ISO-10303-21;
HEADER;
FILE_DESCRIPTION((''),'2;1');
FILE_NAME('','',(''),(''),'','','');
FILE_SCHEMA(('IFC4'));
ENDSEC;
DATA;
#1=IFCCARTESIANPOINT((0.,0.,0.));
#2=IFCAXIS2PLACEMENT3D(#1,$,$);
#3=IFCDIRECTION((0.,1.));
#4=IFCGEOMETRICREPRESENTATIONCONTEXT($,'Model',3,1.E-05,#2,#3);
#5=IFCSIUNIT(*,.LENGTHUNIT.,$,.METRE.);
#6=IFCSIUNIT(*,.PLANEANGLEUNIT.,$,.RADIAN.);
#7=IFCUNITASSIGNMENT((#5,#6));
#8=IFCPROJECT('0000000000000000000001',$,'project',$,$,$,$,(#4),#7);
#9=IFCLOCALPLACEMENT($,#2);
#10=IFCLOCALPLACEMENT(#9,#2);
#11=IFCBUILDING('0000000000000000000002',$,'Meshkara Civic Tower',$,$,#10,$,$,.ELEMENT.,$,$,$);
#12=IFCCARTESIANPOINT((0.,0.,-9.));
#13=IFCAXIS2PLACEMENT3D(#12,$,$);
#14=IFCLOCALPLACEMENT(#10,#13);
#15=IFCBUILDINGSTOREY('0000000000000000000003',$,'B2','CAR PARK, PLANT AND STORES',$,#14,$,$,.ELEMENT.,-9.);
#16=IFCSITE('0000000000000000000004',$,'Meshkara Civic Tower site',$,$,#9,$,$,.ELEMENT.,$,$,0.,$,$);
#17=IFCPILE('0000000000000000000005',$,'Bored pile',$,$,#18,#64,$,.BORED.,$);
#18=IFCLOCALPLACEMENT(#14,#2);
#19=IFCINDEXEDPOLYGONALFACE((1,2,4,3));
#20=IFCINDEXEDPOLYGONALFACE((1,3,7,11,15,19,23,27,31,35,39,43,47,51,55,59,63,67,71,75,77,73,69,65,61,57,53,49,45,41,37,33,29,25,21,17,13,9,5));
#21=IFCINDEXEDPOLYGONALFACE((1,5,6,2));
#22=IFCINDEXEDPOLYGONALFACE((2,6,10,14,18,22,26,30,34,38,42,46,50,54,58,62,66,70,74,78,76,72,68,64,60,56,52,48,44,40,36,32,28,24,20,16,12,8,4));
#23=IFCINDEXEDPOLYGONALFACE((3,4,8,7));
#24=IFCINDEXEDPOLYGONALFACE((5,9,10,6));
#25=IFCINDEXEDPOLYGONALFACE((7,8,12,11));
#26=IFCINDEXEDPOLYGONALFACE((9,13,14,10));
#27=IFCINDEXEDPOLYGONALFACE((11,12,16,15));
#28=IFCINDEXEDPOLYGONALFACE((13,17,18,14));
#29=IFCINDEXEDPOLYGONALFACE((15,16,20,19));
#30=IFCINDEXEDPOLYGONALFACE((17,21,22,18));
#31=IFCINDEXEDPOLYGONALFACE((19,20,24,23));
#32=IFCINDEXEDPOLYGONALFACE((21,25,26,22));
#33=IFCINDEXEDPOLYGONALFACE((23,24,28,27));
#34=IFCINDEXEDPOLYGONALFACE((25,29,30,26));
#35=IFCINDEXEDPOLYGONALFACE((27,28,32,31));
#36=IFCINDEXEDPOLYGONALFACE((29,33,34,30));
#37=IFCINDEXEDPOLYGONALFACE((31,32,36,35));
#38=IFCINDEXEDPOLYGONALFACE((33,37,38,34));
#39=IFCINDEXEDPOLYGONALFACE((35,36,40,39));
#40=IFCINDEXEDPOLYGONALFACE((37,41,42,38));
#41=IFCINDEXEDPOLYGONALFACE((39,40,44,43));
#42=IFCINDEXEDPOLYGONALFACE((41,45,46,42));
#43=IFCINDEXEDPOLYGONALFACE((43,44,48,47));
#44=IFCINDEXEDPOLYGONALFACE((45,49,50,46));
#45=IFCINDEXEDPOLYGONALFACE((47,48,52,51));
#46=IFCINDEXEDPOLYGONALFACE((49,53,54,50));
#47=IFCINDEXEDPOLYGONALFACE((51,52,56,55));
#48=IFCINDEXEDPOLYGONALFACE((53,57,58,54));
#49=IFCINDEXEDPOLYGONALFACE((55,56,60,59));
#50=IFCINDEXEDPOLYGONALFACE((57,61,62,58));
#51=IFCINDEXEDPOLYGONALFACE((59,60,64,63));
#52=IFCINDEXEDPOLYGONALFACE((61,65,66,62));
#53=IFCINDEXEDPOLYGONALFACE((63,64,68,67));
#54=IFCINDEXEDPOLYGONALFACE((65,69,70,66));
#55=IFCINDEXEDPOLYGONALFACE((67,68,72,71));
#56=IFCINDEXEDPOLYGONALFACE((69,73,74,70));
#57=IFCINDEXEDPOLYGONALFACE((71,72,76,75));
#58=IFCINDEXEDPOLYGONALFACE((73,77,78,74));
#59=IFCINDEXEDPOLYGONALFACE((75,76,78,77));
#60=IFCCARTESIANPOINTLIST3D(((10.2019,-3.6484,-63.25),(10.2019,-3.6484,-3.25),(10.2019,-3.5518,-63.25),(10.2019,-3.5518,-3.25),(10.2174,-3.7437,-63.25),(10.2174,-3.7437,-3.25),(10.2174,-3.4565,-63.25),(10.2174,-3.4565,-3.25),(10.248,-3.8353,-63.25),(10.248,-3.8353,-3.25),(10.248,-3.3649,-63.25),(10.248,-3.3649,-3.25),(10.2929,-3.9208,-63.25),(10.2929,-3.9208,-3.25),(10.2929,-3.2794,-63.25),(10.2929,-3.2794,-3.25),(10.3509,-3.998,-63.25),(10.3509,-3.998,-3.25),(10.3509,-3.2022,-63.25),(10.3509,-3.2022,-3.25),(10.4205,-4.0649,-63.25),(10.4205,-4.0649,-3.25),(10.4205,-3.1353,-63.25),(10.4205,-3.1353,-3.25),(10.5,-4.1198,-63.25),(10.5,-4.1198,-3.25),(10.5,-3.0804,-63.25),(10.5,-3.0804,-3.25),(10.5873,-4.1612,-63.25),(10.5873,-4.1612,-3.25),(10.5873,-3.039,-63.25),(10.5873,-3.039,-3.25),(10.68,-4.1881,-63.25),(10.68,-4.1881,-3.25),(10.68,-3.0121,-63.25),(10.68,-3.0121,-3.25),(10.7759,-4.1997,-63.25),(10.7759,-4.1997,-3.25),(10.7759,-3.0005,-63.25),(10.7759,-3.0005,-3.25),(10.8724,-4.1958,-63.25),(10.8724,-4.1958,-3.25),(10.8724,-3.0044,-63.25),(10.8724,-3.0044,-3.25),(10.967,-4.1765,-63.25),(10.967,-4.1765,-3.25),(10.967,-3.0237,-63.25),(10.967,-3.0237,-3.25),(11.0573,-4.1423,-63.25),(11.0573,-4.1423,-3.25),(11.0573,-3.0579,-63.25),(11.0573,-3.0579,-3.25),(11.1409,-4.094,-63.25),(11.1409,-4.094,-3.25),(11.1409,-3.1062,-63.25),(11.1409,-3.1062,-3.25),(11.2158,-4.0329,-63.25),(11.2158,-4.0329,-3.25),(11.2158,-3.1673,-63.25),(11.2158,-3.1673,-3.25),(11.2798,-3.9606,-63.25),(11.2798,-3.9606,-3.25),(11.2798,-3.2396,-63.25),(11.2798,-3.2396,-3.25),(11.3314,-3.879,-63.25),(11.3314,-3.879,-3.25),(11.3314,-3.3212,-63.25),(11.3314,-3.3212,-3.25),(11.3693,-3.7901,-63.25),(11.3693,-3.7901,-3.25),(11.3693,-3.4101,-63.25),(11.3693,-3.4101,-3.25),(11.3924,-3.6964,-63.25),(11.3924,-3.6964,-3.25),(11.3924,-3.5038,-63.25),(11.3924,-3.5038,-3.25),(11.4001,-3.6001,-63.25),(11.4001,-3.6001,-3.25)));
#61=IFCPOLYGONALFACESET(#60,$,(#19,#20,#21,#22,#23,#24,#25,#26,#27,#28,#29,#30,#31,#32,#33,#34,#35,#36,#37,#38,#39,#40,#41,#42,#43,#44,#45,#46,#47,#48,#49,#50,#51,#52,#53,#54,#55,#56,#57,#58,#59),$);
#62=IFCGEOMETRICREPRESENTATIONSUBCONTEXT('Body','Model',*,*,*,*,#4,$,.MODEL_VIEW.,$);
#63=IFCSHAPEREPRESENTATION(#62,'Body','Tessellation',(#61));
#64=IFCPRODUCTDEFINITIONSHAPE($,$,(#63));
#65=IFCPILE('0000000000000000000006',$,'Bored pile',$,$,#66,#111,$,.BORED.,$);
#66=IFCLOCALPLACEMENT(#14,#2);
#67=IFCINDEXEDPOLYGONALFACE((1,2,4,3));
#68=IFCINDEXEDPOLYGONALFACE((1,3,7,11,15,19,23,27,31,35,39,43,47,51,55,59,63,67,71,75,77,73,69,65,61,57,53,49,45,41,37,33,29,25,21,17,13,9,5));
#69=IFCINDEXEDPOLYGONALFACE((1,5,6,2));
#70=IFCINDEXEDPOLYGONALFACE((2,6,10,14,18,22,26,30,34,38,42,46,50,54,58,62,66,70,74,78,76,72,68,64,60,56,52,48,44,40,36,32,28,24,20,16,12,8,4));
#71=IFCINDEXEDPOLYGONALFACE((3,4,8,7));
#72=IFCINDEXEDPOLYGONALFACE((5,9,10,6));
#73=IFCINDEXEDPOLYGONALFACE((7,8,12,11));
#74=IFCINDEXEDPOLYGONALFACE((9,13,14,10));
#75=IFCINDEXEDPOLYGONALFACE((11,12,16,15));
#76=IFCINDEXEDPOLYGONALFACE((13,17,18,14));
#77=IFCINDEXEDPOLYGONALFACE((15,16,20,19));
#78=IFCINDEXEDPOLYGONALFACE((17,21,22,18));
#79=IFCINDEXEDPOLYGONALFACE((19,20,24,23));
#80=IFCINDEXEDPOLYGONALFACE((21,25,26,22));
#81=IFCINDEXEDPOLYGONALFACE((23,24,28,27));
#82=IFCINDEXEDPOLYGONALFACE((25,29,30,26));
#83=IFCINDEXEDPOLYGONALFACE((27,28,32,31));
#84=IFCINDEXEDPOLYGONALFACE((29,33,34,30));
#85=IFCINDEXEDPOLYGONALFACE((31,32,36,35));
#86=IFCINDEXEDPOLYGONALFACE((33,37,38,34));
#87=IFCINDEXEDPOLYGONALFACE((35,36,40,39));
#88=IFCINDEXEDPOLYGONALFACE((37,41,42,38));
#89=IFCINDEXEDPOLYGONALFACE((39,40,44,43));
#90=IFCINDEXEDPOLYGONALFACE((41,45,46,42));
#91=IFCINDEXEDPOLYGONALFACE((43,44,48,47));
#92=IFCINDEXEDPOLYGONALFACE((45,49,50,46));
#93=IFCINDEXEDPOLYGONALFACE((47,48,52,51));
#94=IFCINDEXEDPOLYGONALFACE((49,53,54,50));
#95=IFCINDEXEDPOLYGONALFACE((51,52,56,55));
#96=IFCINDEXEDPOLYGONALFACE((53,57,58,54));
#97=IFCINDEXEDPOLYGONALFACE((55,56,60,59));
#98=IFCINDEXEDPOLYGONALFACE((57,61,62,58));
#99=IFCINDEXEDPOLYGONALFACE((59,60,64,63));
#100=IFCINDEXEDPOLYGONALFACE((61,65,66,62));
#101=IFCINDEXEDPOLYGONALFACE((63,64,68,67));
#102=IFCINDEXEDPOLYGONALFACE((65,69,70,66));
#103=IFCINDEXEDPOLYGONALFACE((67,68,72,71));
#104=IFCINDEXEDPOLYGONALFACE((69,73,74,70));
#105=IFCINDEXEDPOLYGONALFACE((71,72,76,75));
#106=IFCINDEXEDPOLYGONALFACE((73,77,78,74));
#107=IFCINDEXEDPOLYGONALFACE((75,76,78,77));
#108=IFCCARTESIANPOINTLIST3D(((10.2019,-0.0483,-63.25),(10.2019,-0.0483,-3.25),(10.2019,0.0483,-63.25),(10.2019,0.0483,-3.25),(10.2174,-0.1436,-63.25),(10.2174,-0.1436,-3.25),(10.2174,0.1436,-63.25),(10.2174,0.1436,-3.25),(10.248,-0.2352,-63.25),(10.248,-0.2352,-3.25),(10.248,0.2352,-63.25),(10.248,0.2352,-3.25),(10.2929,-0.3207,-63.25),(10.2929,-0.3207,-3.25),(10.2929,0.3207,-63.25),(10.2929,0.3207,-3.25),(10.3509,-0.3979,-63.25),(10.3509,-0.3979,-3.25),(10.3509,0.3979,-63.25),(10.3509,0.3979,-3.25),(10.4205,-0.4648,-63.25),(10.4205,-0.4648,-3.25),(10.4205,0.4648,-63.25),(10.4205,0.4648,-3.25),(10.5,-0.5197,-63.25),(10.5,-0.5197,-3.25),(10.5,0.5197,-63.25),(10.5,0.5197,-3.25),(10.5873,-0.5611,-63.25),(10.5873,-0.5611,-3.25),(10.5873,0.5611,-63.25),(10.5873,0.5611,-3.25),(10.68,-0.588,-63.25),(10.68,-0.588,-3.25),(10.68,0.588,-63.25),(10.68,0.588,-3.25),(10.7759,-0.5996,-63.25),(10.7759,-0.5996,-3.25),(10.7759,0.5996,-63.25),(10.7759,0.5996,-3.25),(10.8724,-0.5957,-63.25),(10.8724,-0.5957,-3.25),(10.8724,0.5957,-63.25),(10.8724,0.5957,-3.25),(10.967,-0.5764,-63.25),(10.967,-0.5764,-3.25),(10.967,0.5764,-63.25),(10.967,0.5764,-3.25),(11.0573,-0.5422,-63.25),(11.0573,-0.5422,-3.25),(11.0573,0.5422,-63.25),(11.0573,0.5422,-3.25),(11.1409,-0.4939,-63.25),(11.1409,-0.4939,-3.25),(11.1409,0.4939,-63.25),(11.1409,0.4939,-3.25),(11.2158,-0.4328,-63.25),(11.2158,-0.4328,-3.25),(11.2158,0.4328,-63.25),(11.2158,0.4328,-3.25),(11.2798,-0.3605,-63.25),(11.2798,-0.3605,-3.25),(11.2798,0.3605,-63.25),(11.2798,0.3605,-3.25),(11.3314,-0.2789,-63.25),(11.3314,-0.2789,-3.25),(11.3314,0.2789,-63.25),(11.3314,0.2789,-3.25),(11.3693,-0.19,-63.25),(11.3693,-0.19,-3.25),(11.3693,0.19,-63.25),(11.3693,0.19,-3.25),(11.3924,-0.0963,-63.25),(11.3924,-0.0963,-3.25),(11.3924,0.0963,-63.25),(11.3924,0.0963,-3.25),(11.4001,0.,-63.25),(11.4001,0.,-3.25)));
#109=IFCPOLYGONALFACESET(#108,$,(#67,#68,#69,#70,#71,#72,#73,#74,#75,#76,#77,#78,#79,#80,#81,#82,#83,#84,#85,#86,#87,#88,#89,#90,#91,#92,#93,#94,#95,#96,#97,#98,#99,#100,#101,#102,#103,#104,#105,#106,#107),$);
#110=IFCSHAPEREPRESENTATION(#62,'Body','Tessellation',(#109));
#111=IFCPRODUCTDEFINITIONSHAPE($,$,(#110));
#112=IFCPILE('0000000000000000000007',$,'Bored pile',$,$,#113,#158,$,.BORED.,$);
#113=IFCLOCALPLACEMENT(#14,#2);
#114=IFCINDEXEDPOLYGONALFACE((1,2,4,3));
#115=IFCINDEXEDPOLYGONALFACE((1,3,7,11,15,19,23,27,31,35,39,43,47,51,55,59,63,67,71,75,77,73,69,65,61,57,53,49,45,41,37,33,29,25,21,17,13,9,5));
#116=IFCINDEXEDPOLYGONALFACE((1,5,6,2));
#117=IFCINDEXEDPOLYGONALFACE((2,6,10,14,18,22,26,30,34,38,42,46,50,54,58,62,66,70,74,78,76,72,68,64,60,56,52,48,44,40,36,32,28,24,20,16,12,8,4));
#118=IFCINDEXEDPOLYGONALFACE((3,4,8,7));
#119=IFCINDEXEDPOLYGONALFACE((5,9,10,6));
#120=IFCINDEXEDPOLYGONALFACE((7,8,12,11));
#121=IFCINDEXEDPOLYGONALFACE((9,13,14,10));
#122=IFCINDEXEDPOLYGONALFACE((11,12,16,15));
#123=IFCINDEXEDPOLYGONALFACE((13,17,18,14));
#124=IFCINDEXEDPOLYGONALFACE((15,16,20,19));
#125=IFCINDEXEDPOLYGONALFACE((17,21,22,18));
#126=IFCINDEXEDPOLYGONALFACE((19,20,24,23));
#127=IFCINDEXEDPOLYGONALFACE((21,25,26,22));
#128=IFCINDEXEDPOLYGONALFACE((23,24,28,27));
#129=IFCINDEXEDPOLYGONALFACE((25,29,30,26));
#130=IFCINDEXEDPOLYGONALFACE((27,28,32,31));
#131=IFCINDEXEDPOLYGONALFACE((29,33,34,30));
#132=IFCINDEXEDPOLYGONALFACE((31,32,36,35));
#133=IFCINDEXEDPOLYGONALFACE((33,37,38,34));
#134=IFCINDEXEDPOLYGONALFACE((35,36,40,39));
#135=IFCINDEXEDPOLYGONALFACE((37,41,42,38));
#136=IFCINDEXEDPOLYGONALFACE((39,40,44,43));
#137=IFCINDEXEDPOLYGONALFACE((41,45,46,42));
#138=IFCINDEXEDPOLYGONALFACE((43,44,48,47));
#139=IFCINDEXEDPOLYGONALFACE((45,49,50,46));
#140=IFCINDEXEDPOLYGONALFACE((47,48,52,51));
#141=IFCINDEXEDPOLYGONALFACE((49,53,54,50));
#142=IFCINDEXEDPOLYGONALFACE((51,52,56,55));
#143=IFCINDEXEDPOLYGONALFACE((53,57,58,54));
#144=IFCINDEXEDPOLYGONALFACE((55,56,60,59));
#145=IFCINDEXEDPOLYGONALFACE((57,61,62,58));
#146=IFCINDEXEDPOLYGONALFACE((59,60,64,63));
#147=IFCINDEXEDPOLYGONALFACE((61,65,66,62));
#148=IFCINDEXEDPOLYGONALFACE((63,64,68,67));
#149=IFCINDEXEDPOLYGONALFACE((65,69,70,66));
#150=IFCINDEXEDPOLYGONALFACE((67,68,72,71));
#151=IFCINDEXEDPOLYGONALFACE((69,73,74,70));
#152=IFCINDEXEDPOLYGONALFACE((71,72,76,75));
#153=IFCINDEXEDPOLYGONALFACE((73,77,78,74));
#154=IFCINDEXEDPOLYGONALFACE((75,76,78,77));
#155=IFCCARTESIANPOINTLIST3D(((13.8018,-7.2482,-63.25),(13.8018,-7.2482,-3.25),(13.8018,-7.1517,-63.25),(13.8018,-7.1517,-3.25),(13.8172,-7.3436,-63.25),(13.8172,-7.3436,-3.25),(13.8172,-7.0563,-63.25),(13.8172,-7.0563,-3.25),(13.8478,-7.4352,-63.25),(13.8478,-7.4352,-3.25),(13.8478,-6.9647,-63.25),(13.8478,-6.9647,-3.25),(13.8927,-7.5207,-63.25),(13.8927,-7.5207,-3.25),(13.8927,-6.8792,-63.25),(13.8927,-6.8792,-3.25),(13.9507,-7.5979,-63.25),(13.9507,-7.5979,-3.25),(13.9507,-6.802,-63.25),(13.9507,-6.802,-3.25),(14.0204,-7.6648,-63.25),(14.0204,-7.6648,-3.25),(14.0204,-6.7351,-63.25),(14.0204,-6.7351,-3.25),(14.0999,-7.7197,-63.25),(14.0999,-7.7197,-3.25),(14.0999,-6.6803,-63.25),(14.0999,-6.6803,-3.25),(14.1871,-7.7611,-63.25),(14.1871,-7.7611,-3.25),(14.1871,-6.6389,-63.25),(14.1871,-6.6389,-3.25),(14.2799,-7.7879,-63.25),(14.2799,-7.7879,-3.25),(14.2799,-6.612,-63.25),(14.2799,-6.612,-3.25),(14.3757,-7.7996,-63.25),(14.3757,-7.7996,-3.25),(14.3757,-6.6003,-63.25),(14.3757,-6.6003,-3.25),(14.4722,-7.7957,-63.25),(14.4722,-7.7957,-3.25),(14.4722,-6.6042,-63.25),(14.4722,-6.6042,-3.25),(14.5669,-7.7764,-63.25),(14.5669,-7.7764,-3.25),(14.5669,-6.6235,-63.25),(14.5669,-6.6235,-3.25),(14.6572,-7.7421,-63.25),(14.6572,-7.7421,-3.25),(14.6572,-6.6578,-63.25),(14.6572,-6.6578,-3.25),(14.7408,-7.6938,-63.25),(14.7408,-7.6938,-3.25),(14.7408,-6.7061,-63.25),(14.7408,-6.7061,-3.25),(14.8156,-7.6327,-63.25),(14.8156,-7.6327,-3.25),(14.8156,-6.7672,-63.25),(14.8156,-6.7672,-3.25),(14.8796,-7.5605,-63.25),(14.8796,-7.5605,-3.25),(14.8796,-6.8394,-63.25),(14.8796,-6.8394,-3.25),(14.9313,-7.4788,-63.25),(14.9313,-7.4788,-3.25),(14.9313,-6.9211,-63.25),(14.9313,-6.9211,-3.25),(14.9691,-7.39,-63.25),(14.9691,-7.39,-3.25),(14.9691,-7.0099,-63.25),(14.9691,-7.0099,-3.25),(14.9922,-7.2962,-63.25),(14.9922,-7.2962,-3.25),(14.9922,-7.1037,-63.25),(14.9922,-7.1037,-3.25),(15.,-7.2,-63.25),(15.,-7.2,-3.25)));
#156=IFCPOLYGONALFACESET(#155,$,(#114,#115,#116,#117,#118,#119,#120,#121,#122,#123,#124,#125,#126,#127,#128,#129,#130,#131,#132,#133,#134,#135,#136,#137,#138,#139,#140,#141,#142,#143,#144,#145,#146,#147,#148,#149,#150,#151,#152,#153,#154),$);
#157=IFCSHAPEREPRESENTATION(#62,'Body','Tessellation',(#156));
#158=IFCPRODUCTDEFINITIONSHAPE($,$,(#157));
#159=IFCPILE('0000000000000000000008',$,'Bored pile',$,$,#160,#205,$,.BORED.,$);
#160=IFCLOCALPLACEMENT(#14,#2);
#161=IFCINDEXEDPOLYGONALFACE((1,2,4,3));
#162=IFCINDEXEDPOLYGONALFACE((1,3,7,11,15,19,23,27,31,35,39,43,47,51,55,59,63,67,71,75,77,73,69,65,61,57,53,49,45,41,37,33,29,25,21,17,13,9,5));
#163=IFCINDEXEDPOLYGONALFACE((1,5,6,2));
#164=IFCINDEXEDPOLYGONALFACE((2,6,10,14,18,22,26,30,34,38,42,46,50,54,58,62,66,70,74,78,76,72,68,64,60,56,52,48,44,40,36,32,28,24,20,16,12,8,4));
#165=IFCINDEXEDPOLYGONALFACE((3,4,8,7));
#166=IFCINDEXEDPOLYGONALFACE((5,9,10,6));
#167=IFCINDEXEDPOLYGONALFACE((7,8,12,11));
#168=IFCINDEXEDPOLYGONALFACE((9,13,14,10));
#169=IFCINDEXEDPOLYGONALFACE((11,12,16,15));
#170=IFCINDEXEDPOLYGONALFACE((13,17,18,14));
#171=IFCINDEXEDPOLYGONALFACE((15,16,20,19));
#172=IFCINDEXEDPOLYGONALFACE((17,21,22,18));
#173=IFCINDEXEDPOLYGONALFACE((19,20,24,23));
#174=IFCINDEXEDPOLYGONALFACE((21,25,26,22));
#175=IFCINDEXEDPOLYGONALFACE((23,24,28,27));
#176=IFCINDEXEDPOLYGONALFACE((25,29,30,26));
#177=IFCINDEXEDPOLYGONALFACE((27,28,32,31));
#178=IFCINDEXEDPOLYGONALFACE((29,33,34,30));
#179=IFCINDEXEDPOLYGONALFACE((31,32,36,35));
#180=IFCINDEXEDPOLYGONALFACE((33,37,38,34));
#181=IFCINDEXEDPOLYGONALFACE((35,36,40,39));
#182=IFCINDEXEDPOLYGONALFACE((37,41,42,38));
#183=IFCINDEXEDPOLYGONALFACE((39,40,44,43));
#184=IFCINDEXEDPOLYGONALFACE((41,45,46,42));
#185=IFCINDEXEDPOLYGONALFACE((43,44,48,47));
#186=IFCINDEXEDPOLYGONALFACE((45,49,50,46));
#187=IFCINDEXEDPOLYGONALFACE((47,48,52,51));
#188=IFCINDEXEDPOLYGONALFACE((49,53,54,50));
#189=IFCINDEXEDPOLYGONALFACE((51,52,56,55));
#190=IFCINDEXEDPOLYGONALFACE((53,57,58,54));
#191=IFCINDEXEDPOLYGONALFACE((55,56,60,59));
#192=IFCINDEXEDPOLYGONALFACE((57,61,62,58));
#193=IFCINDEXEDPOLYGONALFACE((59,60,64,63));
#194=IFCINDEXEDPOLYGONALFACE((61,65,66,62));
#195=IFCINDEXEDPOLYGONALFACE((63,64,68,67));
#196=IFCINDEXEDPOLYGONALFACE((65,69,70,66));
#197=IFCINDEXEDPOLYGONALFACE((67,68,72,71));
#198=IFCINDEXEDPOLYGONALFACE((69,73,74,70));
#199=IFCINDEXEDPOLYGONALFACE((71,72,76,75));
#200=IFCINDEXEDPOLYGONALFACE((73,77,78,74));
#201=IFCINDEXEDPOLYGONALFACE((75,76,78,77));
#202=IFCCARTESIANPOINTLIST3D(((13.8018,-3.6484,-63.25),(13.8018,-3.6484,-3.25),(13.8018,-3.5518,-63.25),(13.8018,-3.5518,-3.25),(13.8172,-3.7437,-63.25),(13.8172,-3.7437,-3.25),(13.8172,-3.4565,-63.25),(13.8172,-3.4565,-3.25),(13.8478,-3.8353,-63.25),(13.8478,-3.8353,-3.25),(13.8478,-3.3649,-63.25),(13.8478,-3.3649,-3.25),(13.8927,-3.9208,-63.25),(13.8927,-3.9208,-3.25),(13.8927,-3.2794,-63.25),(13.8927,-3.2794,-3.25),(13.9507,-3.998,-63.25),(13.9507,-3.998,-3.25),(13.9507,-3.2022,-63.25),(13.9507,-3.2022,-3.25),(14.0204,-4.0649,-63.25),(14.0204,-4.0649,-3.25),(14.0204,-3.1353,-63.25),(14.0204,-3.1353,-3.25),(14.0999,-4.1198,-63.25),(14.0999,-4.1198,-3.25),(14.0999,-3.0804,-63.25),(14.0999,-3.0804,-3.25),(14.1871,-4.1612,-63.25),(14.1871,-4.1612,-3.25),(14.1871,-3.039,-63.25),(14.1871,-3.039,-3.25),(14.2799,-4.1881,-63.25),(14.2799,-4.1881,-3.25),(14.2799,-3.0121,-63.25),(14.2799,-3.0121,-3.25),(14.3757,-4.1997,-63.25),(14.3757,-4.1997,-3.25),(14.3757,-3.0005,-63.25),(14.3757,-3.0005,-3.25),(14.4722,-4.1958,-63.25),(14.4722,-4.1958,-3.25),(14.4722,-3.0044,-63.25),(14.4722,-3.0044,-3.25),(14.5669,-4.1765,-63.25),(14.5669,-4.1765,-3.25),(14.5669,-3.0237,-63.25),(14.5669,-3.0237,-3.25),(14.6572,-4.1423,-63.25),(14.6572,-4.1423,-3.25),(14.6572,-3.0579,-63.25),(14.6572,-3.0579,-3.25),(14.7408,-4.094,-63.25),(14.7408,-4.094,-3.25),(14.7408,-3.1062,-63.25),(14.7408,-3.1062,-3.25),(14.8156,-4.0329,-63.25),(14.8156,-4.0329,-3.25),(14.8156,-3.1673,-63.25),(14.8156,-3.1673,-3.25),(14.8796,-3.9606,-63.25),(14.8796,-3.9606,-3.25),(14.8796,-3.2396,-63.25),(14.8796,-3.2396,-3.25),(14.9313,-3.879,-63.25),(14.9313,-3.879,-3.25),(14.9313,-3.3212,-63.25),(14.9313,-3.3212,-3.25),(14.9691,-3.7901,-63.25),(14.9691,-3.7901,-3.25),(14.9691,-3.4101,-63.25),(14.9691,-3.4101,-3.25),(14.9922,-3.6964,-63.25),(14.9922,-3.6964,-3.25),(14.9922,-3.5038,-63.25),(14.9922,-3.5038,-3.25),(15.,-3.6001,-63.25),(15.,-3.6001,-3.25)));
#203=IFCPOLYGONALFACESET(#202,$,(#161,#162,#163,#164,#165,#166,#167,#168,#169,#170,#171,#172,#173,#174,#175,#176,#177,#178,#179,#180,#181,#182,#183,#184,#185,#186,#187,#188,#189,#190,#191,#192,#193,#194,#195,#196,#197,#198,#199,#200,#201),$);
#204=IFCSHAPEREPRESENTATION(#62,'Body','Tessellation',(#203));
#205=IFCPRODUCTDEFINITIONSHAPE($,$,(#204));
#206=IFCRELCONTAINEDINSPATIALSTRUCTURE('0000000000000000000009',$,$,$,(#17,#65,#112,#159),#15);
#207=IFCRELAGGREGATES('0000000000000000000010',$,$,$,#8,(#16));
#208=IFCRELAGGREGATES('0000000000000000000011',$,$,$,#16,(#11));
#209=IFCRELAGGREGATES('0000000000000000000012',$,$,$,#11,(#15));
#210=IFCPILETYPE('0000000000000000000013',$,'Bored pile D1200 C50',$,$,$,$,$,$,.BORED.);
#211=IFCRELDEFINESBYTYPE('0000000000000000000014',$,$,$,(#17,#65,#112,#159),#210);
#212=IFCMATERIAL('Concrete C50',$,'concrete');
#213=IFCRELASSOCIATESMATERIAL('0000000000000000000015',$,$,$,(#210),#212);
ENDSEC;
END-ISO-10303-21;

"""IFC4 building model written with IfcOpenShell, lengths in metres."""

from ifc_helpers import new_model, si_unit, direction, frame, origin, origin_2d, place, context, subcontext, project, spatial, circle, extrude, material, material_profile, profile_set, type_object, element, save


model = new_model("IFC4")

# Units and contexts
model_context = context("Model", 3, precision=1e-05, world=origin(), true_north=direction((0.0, 1.0)))
body_context = subcontext(model_context, "Body", "Model", "MODEL_VIEW")
ifc_project = project(units=[si_unit("LENGTHUNIT", "METRE"), si_unit("PLANEANGLEUNIT", "RADIAN")], contexts=[model_context])

# Site, building, storey
site_placement = place(None, origin())
site = spatial("IfcSite", under=ifc_project, at=site_placement, Name="Meshkara Civic Tower site", CompositionType="ELEMENT", RefElevation=0.0)
building_placement = place(site_placement, origin())
building = spatial("IfcBuilding", under=site, at=building_placement, Name="Meshkara Civic Tower", CompositionType="ELEMENT")
storey_placement = place(building_placement, frame((0.0, 0.0, -9.0)))
storey = spatial("IfcBuildingStorey", under=building, at=storey_placement, Name="B2", Description="CAR PARK, PLANT AND STORES", CompositionType="ELEMENT", Elevation=-9.0)

# Piles
ifc_material_1 = material(Name="Concrete C50", Category="concrete")
ifc_material_profile_1 = material_profile(ifc_material_1, circle(Radius=0.6001, at=origin_2d()))
ifc_profile_set_1 = profile_set([ifc_material_profile_1], Name="Concrete C50")
pile_type = type_object("IfcPileType", Name="Bored pile D1200 C50", PredefinedType="BORED", material=ifc_profile_set_1)
for number, where, z_axis, x_axis, name in (
    (1, (10.8, -3.6001, -3.25), (0.0, 0.0, -1.0), (1.0, 0.0, 0.0), "Bored pile"),
    (2, (10.8, 0.0, -3.25), (0.0, 0.0, -1.0), (1.0, 0.0, 0.0), "Bored pile"),
    (3, (14.3999, -7.2, -3.25), (0.0, 0.0, -1.0), (1.0, 0.0, 0.0), "Bored pile"),
    (4, (14.3999, -3.6001, -3.25), (0.0, 0.0, -1.0), (1.0, 0.0, 0.0), "Bored pile"),
):
    element("IfcPile", number, at=place(storey_placement, frame(where, z_axis=z_axis, x_axis=x_axis)), inside=storey, type_object=pile_type, Name=name, PredefinedType="BORED", context=body_context, shape_type="SweptSolid", body=[
        extrude(circle(Radius=0.6001, at=origin_2d()), origin(), (0.0, 0.0, 1.0), 60.0),
    ])

save(model, "model.ifc")
